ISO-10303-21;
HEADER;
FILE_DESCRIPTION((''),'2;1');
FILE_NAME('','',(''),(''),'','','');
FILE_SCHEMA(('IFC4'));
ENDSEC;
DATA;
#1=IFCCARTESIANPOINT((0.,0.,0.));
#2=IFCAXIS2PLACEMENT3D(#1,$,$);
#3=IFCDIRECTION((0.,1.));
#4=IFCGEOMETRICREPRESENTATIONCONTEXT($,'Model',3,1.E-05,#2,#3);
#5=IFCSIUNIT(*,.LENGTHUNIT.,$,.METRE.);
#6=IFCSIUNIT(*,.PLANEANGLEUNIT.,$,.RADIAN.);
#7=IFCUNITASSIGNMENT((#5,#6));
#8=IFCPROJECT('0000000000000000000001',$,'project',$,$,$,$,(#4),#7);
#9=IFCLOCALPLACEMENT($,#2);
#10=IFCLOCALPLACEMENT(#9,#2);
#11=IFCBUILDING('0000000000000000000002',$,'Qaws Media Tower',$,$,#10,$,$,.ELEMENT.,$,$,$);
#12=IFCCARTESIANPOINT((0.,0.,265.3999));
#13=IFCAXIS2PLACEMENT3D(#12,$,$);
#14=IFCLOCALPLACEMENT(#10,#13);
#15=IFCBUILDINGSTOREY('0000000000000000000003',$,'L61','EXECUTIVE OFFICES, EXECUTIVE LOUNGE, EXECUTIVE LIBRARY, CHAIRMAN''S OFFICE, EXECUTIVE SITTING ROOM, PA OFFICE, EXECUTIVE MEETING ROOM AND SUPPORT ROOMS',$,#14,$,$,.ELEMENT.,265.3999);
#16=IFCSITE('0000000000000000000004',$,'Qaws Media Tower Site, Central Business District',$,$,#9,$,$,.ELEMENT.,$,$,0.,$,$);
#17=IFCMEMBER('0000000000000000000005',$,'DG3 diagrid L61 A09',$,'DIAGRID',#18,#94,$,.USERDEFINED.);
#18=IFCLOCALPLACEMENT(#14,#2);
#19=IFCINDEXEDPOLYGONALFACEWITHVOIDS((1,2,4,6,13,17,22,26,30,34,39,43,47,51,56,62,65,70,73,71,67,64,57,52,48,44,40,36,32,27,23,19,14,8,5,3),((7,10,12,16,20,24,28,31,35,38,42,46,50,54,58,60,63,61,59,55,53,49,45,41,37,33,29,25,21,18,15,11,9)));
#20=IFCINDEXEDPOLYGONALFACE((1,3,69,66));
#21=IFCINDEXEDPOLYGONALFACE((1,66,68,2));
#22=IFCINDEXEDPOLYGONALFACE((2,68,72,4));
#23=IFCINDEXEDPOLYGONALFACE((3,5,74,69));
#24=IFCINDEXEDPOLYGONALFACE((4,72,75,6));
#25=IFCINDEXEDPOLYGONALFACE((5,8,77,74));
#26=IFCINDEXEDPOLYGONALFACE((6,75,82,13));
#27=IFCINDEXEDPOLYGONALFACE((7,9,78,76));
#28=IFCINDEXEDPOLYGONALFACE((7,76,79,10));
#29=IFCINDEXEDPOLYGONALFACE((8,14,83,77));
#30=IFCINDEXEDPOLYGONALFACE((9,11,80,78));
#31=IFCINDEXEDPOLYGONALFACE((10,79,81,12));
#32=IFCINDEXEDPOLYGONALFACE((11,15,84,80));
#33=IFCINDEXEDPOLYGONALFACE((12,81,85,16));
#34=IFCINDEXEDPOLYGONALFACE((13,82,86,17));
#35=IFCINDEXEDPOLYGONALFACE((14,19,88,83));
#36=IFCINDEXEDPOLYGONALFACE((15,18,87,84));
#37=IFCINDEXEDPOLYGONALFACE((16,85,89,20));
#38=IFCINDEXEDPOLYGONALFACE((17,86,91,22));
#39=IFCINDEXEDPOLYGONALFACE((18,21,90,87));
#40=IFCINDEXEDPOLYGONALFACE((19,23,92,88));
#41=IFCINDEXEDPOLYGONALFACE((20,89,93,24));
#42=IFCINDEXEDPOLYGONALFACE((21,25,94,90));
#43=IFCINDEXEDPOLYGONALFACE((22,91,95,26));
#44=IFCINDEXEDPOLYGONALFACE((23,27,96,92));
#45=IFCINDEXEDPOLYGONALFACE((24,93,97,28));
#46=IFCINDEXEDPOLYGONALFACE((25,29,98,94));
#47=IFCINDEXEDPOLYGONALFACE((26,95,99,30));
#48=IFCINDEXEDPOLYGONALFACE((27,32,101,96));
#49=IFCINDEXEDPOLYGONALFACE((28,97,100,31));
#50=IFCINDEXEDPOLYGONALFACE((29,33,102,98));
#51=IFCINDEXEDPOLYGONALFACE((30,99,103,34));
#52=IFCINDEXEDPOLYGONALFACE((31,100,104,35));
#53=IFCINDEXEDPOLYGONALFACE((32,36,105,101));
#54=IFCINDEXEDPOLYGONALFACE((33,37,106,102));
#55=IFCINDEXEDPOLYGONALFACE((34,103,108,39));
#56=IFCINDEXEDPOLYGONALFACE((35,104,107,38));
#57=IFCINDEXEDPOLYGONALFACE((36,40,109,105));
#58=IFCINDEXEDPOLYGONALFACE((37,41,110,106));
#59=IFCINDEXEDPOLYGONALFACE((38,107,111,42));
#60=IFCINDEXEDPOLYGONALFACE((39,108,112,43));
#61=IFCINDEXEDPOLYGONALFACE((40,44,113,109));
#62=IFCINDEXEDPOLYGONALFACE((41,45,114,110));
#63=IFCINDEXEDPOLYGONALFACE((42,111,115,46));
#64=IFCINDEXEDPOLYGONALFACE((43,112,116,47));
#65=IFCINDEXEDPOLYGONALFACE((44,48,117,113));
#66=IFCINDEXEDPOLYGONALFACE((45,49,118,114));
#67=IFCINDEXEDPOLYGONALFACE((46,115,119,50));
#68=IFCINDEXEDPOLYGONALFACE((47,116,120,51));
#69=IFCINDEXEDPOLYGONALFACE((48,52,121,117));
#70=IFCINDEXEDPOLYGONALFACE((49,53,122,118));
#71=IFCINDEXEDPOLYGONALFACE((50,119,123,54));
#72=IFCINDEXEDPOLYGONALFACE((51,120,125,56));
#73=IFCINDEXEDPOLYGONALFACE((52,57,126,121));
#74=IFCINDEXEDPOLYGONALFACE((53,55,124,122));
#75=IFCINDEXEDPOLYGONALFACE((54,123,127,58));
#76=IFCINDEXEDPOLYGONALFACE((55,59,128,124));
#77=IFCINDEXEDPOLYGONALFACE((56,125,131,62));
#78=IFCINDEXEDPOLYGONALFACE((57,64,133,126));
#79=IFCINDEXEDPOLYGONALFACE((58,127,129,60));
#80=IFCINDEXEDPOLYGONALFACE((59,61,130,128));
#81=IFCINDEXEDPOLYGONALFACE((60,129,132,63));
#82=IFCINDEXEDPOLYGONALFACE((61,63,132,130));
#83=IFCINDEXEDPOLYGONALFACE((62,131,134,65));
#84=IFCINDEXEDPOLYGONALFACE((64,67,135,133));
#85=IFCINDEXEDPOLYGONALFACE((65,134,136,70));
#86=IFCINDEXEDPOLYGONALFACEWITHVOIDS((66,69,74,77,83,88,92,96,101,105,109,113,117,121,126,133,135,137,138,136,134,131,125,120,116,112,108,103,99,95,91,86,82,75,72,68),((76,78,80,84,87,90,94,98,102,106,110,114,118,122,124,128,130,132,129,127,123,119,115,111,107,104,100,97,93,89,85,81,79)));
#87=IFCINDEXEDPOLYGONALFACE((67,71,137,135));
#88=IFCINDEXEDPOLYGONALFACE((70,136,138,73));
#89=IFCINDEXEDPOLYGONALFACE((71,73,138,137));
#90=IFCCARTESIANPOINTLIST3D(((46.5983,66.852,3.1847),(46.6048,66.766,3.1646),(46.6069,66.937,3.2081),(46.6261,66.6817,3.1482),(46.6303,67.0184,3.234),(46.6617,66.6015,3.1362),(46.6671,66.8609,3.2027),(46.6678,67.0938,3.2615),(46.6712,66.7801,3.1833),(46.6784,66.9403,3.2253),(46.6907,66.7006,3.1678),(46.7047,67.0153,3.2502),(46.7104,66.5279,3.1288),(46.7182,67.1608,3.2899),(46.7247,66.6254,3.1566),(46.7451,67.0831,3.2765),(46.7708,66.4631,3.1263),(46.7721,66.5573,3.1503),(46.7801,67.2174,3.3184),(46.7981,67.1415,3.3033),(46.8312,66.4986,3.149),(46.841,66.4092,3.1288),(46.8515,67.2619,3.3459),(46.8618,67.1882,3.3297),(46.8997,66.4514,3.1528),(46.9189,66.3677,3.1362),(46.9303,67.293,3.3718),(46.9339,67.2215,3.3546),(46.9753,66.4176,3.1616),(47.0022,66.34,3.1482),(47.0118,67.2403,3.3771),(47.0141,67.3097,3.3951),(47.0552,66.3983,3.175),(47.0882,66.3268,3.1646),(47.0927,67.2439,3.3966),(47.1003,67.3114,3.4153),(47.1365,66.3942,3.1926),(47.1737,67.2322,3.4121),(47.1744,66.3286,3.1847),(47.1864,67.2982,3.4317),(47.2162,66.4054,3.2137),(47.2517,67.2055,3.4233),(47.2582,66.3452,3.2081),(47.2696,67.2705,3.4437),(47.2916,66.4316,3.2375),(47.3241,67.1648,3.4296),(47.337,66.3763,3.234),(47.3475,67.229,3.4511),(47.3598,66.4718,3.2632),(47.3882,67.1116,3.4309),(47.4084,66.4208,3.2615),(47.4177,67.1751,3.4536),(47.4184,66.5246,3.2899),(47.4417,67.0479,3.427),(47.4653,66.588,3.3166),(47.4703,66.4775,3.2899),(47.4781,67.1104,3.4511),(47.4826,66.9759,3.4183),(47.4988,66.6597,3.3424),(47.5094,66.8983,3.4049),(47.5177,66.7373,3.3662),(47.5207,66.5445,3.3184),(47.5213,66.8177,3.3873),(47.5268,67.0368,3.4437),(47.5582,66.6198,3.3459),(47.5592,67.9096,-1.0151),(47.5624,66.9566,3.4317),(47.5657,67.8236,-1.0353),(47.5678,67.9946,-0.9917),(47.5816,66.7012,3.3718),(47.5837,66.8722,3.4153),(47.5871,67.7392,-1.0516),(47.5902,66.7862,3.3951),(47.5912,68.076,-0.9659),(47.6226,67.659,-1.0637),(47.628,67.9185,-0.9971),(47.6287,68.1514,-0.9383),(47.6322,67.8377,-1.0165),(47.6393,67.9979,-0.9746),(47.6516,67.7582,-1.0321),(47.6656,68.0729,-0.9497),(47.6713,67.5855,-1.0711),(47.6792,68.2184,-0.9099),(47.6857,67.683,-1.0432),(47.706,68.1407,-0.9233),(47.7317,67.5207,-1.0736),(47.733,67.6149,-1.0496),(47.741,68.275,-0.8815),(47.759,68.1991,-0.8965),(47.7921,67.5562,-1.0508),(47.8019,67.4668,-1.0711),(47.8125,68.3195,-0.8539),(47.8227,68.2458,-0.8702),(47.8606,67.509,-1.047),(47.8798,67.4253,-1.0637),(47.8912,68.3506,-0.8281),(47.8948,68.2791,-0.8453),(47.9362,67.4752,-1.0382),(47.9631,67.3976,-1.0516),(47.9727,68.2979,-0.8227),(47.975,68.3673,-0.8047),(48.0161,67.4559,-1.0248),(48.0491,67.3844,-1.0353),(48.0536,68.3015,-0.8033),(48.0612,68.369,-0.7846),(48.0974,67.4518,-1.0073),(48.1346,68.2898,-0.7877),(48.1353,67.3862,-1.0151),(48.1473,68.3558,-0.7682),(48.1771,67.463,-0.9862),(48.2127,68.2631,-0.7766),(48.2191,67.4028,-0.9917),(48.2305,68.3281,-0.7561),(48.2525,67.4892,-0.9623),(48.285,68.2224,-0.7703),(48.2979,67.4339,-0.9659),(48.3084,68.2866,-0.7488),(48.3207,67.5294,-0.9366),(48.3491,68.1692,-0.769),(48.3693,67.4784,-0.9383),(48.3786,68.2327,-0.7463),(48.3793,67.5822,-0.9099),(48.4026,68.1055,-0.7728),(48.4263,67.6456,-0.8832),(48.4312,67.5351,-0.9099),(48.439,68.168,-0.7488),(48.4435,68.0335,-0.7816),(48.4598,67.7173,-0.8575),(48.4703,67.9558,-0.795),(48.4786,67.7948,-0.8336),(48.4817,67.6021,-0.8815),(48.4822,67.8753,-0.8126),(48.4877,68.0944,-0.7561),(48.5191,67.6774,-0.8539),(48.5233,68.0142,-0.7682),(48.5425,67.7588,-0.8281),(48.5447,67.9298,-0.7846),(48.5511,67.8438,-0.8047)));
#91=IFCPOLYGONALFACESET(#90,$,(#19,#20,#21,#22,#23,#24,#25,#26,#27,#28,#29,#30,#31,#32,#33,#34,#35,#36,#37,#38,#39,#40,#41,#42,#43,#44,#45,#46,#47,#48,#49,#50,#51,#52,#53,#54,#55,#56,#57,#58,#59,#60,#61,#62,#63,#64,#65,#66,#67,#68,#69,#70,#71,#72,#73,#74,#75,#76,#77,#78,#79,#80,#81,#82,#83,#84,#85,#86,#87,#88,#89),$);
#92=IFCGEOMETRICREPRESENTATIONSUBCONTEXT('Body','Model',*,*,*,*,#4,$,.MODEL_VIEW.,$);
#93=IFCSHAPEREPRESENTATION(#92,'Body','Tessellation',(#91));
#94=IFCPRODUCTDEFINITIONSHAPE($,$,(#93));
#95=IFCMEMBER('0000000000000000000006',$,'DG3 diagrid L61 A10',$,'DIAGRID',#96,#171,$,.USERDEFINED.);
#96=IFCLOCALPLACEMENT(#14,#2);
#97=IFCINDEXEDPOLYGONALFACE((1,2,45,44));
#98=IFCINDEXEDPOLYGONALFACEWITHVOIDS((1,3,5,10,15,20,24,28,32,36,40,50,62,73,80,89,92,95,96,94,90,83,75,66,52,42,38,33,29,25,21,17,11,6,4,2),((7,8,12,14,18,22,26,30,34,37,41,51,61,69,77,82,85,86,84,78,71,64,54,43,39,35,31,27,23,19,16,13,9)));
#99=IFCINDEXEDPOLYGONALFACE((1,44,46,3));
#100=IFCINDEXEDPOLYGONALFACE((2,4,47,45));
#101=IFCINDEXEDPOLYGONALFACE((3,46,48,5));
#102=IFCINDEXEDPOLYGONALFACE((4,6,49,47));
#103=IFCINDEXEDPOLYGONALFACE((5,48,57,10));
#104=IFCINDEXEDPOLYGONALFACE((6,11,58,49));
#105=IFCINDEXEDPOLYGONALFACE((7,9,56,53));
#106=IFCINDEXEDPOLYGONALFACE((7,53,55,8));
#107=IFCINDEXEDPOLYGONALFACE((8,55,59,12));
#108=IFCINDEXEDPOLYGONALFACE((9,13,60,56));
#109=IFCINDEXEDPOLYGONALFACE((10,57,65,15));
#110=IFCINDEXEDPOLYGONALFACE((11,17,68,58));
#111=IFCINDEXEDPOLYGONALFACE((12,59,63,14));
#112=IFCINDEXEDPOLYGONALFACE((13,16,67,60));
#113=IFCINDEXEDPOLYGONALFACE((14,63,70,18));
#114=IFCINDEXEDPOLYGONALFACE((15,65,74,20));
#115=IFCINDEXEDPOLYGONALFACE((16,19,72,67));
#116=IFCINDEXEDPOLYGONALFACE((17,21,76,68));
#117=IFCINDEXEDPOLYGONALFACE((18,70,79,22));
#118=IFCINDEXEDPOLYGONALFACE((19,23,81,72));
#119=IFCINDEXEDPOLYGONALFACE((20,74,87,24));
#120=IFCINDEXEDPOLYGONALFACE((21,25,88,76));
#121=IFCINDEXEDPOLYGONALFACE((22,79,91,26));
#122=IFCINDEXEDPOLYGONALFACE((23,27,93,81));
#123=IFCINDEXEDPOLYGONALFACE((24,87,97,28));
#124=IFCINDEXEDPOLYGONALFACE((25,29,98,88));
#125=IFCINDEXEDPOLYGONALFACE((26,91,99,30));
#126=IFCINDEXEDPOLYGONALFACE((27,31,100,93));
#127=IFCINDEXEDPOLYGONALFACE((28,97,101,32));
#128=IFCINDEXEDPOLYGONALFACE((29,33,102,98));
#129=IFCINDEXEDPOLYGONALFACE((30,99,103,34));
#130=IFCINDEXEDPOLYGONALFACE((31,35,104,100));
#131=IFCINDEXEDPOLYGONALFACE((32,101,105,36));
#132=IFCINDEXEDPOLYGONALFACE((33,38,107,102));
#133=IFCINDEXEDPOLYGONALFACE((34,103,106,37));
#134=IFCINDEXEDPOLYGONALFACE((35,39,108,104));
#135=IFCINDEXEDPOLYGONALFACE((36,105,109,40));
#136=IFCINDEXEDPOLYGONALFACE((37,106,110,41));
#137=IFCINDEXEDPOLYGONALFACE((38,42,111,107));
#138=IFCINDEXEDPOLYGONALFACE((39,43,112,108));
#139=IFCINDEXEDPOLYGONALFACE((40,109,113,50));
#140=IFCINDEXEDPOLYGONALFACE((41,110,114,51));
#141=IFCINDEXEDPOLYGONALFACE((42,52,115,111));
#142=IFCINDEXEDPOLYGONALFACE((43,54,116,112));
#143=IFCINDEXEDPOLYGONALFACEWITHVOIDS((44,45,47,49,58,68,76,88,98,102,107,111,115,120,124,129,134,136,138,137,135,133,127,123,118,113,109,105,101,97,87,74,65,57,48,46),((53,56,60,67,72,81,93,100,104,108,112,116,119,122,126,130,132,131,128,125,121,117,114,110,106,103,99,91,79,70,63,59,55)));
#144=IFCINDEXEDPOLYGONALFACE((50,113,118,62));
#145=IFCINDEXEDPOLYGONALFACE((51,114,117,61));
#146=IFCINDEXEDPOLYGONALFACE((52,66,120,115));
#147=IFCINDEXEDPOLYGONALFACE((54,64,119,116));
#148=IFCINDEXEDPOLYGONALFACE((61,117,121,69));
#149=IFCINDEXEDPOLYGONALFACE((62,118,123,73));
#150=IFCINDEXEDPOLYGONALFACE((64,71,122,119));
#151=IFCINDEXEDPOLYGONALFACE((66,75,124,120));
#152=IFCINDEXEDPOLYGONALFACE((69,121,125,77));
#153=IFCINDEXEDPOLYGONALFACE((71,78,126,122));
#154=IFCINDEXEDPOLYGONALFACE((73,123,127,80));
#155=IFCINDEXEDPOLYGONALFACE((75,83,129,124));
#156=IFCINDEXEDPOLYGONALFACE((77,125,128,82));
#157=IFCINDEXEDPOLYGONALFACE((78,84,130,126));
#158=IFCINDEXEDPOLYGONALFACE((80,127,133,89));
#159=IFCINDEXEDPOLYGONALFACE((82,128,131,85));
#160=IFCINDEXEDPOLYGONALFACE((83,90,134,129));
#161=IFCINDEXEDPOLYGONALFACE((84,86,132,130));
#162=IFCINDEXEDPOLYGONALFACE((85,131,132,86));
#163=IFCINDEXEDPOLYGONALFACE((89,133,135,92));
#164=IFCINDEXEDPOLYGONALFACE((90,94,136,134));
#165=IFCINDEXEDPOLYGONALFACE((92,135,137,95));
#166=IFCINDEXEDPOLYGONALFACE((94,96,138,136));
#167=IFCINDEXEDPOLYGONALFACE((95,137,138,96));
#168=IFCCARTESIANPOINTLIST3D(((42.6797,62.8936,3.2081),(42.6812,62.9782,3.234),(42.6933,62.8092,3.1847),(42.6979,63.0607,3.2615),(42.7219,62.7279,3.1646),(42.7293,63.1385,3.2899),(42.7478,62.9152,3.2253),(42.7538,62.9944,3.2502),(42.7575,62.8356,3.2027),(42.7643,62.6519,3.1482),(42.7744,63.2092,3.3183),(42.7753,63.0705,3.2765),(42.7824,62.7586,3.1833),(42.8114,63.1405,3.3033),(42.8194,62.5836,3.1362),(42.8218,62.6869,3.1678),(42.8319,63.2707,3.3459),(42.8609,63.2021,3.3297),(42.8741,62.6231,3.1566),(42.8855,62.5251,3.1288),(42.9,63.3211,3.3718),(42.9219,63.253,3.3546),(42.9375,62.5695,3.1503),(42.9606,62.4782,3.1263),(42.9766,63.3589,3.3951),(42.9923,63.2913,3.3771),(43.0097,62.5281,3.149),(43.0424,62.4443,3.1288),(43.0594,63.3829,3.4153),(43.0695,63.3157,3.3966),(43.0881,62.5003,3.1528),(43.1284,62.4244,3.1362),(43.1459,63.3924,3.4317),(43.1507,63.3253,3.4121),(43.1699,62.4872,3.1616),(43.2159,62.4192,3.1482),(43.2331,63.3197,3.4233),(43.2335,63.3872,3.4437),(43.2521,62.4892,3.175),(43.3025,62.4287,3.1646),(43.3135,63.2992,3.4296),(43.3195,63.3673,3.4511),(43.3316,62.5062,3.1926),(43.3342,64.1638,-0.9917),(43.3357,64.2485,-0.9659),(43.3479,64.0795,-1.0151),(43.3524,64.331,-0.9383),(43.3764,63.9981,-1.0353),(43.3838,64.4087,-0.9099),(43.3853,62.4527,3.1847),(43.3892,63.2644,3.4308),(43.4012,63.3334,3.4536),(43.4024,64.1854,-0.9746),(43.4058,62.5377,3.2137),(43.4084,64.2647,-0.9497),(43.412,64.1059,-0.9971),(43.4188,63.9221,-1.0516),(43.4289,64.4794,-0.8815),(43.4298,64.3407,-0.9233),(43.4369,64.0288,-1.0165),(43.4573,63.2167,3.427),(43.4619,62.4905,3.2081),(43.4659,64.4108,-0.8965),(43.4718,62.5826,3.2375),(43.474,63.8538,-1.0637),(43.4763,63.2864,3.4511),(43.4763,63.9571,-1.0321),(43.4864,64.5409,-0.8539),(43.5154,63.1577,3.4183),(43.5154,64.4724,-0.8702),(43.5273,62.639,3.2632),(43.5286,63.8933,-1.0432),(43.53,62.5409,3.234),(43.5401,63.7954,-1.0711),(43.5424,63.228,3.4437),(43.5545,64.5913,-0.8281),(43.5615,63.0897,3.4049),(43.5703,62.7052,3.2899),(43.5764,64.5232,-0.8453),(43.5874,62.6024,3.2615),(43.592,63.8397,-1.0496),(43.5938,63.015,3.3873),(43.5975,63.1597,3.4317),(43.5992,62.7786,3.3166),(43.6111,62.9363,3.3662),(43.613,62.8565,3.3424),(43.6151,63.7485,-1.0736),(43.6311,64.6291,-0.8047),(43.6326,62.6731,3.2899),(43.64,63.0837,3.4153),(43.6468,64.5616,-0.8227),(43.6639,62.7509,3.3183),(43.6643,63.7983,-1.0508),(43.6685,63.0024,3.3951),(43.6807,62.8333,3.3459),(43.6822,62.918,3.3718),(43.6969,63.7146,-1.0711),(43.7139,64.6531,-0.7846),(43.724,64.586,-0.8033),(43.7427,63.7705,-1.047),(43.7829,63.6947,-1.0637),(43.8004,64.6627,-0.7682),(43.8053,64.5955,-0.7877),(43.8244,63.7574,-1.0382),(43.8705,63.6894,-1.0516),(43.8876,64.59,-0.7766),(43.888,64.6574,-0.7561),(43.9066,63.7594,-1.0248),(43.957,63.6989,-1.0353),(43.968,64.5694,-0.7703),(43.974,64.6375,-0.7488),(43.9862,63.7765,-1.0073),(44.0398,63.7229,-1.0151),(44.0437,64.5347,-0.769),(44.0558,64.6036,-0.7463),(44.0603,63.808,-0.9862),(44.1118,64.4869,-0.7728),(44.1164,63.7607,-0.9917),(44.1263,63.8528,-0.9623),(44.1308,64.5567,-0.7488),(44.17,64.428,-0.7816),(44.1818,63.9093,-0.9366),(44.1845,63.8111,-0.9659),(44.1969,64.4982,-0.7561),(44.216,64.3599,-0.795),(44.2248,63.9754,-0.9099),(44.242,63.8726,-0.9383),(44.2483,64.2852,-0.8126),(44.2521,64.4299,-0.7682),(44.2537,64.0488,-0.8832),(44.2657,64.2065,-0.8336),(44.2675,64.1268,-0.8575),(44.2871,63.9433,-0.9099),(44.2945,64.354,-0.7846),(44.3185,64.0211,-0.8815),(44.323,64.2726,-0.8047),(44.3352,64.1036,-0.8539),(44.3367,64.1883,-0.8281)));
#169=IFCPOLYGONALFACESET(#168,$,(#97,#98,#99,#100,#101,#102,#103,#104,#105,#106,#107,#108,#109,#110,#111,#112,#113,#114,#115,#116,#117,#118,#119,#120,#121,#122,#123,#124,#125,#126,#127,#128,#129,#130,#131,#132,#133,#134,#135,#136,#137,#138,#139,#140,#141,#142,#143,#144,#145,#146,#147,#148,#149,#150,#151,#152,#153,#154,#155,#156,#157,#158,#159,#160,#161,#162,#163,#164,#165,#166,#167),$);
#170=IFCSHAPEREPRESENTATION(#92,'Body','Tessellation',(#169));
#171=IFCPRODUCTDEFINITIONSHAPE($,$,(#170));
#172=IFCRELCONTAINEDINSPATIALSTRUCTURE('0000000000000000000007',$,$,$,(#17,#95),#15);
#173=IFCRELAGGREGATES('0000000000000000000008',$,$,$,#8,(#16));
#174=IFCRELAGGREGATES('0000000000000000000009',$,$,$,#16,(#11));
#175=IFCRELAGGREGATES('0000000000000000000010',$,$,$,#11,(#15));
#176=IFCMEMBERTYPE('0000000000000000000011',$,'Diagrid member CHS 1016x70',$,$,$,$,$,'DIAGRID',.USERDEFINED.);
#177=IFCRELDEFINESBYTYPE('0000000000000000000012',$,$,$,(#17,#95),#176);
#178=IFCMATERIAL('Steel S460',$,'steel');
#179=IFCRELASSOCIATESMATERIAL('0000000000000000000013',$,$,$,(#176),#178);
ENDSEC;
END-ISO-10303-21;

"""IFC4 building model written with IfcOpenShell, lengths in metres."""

from ifc_helpers import new_model, si_unit, direction, frame, origin, origin_2d, place, context, subcontext, project, spatial, hollow_circle, extrude, material, material_profile, profile_set, type_object, element, save


model = new_model("IFC4")

# Units and contexts
model_context = context("Model", 3, precision=1e-05, world=origin(), true_north=direction((0.0, 1.0)))
body_context = subcontext(model_context, "Body", "Model", "MODEL_VIEW")
ifc_project = project(units=[si_unit("LENGTHUNIT", "METRE"), si_unit("PLANEANGLEUNIT", "RADIAN")], contexts=[model_context])

# Site, building, storey
site_placement = place(None, origin())
site = spatial("IfcSite", under=ifc_project, at=site_placement, Name="Qaws Media Tower Site, Central Business District", CompositionType="ELEMENT", RefElevation=0.0)
building_placement = place(site_placement, origin())
building = spatial("IfcBuilding", under=site, at=building_placement, Name="Qaws Media Tower", CompositionType="ELEMENT")
storey_placement = place(building_placement, frame((0.0, 0.0, 265.3999)))
storey = spatial("IfcBuildingStorey", under=building, at=storey_placement, Name="L61", Description="EXECUTIVE OFFICES, EXECUTIVE LOUNGE, EXECUTIVE LIBRARY, CHAIRMAN'S OFFICE, EXECUTIVE SITTING ROOM, PA OFFICE, EXECUTIVE MEETING ROOM AND SUPPORT ROOMS", CompositionType="ELEMENT", Elevation=265.3999)

# Members
ifc_material_1 = material(Name="Steel S460", Category="steel")
ifc_material_profile_1 = material_profile(ifc_material_1, hollow_circle(Radius=0.5081, WallThickness=0.0701, at=origin_2d()), Name="CHS 1016x70")
ifc_profile_set_1 = profile_set([ifc_material_profile_1], Name="Steel S460")
member_type_1 = type_object("IfcMemberType", Name="Diagrid member CHS 1016x70", ElementType="DIAGRID", PredefinedType="USERDEFINED", material=ifc_profile_set_1)
for number, where, z_axis, x_axis, name in (
    (1, (48.0552, 67.8767, -0.9099), (-0.216604, -0.238396, 0.946705), (0.740126, -0.672469, 0.0), "DG3 diagrid L61 A09"),
    (2, (43.8354, 64.176, -0.9099), (-0.147539, -0.286328, 0.946704), (0.888928, -0.458047, 0.0), "DG3 diagrid L61 A10"),
):
    element("IfcMember", number, at=place(storey_placement, frame(where, z_axis=z_axis, x_axis=x_axis)), inside=storey, type_object=member_type_1, Name=name, ObjectType="DIAGRID", PredefinedType="USERDEFINED", context=body_context, shape_type="SweptSolid", body=[
        extrude(hollow_circle(Radius=0.5081, WallThickness=0.0701, at=origin_2d()), origin(), (0.0, 0.0, 1.0), 4.4363),
    ])

save(model, "model.ifc")
